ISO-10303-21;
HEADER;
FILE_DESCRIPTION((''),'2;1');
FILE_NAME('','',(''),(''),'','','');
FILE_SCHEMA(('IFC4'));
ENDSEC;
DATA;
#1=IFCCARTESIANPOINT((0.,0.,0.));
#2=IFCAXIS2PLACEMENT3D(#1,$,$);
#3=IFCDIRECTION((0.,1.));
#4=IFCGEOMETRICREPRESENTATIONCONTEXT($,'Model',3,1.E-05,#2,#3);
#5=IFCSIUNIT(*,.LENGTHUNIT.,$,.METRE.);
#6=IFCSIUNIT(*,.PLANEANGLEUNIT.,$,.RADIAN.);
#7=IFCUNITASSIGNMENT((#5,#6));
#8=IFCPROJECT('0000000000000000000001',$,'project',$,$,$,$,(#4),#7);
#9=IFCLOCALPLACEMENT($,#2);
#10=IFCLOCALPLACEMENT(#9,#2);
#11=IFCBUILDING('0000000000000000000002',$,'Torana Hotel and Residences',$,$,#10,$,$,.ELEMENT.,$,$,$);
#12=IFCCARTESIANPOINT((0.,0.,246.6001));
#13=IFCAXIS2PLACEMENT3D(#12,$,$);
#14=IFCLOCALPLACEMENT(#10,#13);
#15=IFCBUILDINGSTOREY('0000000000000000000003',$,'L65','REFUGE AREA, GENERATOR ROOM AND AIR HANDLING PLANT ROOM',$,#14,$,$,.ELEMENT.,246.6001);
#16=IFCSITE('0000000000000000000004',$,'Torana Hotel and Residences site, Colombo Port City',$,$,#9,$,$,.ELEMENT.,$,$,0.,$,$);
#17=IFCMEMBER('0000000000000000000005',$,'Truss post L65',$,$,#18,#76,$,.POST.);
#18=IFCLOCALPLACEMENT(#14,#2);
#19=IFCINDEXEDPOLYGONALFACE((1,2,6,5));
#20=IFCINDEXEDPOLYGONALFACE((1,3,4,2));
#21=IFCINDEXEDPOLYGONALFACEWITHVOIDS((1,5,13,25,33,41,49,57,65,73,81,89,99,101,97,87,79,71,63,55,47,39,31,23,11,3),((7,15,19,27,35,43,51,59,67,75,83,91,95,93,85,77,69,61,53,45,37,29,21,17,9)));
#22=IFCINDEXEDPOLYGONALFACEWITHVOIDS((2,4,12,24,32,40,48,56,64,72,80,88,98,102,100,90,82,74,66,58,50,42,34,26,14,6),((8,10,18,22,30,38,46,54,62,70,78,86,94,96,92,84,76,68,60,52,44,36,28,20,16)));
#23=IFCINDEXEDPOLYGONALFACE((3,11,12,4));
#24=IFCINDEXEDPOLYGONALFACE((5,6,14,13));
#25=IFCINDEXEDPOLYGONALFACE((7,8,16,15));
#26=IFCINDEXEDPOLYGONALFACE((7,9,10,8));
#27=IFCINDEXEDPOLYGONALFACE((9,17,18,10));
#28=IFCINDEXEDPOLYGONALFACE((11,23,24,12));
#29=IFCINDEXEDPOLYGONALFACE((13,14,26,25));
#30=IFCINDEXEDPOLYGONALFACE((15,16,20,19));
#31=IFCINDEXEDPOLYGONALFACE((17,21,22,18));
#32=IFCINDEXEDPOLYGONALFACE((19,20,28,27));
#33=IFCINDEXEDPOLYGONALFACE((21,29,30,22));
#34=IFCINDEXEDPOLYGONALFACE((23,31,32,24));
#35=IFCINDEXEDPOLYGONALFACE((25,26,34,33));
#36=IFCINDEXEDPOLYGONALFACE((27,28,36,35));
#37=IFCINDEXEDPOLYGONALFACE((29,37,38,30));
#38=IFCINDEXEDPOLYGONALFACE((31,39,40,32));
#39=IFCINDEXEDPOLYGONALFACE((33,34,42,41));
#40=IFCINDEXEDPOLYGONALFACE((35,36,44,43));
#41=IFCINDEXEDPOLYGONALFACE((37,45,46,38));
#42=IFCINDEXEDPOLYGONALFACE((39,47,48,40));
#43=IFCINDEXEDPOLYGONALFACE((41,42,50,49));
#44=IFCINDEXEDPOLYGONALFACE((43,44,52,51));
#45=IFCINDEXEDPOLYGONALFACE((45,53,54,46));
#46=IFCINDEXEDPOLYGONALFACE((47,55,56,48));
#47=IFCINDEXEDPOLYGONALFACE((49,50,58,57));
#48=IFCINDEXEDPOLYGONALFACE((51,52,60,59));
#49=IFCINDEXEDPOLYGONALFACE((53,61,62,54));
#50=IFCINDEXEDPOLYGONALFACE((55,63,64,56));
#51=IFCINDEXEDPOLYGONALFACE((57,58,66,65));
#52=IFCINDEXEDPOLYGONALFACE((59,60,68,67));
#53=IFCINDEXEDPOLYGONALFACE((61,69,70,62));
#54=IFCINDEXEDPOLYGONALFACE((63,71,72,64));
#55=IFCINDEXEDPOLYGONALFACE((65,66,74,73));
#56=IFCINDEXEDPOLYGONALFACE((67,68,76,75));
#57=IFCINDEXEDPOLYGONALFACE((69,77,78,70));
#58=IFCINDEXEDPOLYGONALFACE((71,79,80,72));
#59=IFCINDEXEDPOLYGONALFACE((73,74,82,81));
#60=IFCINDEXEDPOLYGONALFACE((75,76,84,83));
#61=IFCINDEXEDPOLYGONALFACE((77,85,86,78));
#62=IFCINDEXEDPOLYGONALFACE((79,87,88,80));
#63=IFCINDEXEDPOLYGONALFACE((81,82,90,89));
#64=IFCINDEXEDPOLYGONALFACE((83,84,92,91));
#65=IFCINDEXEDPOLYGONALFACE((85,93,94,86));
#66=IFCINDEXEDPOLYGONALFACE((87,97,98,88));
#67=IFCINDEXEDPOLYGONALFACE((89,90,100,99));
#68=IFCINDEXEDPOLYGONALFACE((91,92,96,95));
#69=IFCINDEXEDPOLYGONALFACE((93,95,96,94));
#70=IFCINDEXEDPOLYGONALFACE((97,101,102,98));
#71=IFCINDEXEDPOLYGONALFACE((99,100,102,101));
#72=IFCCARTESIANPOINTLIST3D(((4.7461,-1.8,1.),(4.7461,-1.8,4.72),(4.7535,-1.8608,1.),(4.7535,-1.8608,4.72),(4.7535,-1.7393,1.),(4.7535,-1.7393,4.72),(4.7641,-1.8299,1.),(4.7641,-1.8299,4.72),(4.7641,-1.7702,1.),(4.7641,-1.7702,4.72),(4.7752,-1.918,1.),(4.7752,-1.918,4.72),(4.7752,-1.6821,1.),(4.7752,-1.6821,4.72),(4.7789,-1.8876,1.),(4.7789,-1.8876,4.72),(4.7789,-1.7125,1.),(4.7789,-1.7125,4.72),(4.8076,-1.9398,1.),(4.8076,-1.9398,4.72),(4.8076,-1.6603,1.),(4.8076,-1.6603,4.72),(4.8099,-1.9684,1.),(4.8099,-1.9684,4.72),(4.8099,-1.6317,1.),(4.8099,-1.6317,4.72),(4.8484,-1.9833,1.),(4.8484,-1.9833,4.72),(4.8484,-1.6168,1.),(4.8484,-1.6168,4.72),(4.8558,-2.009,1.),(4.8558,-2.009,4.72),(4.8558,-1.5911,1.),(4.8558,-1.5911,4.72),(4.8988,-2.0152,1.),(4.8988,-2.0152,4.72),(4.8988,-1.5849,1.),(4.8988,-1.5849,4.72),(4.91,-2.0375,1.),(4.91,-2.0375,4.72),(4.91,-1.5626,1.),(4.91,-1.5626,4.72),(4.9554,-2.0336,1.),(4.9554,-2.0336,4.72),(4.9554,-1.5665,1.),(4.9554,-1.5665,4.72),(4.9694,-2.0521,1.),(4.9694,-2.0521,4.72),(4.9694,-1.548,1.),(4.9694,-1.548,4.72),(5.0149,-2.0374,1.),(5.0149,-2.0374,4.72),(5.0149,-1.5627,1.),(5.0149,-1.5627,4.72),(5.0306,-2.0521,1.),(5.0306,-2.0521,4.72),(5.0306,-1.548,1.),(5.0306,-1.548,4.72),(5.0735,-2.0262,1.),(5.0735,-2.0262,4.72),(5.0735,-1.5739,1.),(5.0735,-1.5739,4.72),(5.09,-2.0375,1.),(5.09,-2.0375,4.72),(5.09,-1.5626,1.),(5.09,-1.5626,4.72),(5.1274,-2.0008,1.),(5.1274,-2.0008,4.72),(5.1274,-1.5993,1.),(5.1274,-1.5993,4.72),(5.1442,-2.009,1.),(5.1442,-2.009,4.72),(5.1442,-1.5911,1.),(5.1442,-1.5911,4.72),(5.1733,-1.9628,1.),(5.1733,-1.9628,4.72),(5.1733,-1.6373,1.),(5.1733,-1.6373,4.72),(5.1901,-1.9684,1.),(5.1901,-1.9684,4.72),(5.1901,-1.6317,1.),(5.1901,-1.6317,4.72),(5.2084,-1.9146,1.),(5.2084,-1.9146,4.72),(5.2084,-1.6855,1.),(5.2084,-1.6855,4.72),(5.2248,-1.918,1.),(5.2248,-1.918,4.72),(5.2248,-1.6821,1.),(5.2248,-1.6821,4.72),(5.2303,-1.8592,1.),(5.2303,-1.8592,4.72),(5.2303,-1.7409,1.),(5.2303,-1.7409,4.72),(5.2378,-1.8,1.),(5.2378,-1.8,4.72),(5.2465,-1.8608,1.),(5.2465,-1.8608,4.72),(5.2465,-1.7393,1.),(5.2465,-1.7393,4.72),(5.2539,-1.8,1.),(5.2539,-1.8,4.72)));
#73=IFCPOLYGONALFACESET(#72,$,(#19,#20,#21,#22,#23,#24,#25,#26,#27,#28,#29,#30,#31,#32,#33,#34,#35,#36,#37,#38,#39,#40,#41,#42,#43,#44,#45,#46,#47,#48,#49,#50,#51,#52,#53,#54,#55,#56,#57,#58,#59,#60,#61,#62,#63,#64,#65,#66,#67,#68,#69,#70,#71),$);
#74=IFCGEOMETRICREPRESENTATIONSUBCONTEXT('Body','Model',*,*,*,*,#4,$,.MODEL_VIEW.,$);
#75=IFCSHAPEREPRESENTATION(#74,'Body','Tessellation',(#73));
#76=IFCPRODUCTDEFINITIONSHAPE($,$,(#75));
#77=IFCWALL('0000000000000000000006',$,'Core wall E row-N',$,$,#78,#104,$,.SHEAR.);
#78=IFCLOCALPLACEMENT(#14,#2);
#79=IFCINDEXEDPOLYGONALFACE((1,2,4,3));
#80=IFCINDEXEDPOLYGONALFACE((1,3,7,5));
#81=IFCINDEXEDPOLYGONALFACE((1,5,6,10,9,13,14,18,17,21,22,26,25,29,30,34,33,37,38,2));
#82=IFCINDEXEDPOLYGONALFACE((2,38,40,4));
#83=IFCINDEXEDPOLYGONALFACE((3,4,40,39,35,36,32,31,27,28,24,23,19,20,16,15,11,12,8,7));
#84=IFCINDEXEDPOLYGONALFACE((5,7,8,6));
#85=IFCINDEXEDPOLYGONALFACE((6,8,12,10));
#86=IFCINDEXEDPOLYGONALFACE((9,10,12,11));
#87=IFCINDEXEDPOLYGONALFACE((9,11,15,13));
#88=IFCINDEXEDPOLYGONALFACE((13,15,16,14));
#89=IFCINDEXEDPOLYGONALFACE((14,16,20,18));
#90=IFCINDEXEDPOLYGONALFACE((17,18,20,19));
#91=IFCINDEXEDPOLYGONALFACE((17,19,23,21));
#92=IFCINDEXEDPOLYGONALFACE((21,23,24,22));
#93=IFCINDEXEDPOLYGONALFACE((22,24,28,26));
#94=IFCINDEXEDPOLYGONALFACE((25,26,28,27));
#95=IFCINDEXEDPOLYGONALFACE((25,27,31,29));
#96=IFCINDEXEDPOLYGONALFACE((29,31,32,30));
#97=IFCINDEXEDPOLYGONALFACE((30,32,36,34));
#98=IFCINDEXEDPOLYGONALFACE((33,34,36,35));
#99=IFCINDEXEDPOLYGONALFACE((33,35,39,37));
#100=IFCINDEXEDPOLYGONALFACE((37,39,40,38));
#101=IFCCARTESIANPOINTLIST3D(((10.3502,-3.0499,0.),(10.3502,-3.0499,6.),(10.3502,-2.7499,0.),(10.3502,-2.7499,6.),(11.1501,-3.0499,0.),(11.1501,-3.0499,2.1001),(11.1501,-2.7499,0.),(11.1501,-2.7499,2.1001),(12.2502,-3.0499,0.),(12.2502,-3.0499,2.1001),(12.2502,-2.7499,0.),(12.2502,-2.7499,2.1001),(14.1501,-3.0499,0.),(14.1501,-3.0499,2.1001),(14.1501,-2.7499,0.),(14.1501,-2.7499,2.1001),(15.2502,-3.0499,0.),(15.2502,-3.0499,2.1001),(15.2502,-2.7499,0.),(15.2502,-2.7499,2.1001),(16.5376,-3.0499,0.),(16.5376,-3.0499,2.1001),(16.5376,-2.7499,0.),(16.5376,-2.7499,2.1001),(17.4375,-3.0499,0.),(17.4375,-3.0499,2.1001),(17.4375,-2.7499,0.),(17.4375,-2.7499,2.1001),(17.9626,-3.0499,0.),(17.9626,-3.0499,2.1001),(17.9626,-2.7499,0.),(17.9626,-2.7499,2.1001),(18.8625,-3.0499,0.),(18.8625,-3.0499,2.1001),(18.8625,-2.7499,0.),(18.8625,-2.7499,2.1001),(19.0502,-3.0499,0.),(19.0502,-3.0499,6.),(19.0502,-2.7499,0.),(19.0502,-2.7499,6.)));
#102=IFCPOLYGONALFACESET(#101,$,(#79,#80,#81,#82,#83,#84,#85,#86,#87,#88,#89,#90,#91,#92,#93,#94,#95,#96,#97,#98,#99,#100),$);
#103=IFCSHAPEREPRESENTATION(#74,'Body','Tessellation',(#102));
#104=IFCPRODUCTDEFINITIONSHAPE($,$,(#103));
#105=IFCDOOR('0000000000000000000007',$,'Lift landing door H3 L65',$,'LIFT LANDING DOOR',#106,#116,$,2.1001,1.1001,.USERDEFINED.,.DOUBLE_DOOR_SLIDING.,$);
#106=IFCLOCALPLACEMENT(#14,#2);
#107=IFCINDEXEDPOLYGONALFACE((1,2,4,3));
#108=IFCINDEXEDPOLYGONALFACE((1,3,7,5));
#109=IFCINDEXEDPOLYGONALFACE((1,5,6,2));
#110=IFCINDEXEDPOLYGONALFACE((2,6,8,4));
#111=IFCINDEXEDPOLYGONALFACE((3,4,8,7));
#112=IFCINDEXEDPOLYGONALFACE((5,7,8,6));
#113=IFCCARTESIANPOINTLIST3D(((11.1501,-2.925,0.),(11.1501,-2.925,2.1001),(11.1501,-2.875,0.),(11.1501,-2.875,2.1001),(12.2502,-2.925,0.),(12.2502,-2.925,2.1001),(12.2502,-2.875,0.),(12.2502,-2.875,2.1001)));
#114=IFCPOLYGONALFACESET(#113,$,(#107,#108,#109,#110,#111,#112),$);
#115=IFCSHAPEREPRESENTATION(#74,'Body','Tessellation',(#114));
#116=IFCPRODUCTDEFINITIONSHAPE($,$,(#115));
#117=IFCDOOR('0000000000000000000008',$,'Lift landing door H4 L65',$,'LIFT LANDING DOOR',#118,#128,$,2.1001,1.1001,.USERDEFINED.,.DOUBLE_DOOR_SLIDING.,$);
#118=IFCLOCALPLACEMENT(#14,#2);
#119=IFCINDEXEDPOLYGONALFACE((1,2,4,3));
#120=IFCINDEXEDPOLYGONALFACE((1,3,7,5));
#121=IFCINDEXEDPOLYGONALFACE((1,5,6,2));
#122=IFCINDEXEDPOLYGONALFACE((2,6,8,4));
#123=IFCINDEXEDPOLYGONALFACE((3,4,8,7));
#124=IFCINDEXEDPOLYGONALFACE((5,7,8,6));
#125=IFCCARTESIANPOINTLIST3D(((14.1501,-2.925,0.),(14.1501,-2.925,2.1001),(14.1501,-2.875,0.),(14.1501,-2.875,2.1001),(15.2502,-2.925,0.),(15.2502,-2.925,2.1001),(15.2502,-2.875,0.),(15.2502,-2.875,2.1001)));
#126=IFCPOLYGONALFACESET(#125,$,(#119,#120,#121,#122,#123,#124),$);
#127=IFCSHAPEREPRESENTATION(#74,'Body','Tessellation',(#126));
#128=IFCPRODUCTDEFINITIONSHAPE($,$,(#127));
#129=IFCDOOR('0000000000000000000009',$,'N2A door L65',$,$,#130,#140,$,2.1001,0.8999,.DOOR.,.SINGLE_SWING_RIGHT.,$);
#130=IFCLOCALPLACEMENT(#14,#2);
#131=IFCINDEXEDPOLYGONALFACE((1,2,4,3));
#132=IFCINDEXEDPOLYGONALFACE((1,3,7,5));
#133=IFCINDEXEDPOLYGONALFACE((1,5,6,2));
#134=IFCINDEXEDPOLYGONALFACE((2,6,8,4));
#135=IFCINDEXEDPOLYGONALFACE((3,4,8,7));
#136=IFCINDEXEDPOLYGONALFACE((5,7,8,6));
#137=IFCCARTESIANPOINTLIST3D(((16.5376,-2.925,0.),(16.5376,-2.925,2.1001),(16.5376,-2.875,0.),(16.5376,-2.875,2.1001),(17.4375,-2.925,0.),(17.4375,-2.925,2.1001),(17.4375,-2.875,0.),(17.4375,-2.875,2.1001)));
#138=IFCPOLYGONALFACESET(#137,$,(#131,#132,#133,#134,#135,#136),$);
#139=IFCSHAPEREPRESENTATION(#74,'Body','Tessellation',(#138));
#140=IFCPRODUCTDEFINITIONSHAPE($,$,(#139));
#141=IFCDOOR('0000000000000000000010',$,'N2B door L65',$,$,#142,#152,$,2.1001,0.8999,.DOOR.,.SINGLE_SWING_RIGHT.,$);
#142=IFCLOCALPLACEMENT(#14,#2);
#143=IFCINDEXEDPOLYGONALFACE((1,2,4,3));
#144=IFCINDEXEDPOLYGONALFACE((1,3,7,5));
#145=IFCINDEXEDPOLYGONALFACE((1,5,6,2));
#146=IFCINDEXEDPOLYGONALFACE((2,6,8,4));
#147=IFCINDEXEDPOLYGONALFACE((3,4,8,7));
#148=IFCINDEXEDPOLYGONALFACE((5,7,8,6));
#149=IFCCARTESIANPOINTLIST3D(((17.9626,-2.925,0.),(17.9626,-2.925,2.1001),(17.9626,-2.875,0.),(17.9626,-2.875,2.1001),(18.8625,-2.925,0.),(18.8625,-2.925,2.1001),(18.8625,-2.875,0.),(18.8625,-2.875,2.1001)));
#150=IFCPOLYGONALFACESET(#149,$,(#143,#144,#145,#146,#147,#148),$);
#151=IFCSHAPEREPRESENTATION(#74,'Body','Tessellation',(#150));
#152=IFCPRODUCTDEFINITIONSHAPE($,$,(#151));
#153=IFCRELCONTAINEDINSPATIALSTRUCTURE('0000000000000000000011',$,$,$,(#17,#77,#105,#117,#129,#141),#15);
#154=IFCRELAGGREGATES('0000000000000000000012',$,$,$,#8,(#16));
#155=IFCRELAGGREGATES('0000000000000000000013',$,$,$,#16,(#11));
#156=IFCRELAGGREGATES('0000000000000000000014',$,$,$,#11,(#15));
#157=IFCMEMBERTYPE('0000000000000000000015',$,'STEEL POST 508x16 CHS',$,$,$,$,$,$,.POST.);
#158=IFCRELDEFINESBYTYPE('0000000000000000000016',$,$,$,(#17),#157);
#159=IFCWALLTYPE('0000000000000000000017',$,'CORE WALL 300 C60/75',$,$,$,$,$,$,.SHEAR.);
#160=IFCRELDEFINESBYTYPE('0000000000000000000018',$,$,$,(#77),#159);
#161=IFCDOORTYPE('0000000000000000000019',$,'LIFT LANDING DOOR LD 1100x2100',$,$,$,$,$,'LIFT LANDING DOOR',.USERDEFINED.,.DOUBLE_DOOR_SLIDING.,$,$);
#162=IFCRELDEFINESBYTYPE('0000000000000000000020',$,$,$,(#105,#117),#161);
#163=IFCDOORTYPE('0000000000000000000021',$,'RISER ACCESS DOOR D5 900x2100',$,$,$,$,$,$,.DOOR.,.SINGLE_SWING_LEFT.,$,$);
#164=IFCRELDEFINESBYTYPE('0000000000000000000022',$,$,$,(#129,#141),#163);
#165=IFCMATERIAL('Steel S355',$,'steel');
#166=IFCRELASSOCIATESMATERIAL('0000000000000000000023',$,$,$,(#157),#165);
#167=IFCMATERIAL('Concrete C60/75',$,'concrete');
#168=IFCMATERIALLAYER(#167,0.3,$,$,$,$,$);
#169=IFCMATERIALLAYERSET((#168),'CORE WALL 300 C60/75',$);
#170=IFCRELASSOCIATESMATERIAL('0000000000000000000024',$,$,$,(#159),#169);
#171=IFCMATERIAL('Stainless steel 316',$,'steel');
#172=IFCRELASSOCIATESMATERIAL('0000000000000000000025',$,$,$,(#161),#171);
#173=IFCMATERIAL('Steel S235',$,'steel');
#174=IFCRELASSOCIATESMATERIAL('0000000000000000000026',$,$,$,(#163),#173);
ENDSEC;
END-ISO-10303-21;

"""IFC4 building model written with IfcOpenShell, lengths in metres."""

from ifc_helpers import new_model, si_unit, direction, frame, frame_2d, origin, origin_2d, place, context, subcontext, project, spatial, rectangle, hollow_circle, extrude, material, layer, layer_set, material_profile, profile_set, type_object, element, fill, save


model = new_model("IFC4")

# Units and contexts
model_context = context("Model", 3, precision=1e-05, world=origin(), true_north=direction((0.0, 1.0)))
body_context = subcontext(model_context, "Body", "Model", "MODEL_VIEW")
ifc_project = project(units=[si_unit("LENGTHUNIT", "METRE"), si_unit("PLANEANGLEUNIT", "RADIAN")], contexts=[model_context])

# Site, building, storey
site_placement = place(None, origin())
site = spatial("IfcSite", under=ifc_project, at=site_placement, Name="Torana Hotel and Residences site, Colombo Port City", CompositionType="ELEMENT", RefElevation=0.0)
building_placement = place(site_placement, origin())
building = spatial("IfcBuilding", under=site, at=building_placement, Name="Torana Hotel and Residences", CompositionType="ELEMENT")
storey_placement = place(building_placement, frame((0.0, 0.0, 246.6001)))
storey = spatial("IfcBuildingStorey", under=building, at=storey_placement, Name="L65", Description="REFUGE AREA, GENERATOR ROOM AND AIR HANDLING PLANT ROOM", CompositionType="ELEMENT", Elevation=246.6001)

# Member
ifc_material_1 = material(Name="Steel S355", Category="steel")
ifc_material_profile_1 = material_profile(ifc_material_1, hollow_circle(Radius=0.2539, WallThickness=0.0161, at=origin_2d()), Name="508x16 CHS")
ifc_profile_set_1 = profile_set([ifc_material_profile_1], Name="Steel S355")
member_type_1 = type_object("IfcMemberType", Name="STEEL POST 508x16 CHS", PredefinedType="POST", material=ifc_profile_set_1)
for number, where, z_axis, x_axis, name in (
    (1, (5.0, -1.8, 1.0), (0.0, 0.0, 1.0), (1.0, 0.0, 0.0), "Truss post L65"),
):
    element("IfcMember", number, at=place(storey_placement, frame(where, z_axis=z_axis, x_axis=x_axis)), inside=storey, type_object=member_type_1, Name=name, PredefinedType="POST", context=body_context, shape_type="SweptSolid", body=[
        extrude(hollow_circle(Radius=0.2539, WallThickness=0.0161, at=origin_2d()), origin(), (0.0, 0.0, 1.0), 3.72),
    ])

# Wall, openings, doors
ifc_material_2 = material(Name="Concrete C60/75", Category="concrete")
ifc_layer_1 = layer(ifc_material_2, 0.3)
ifc_layer_set_1 = layer_set([ifc_layer_1], Name="CORE WALL 300 C60/75")
wall_type_1 = type_object("IfcWallType", Name="CORE WALL 300 C60/75", PredefinedType="SHEAR", material=ifc_layer_set_1)
wall_1_placement = place(storey_placement, frame((10.3501, -2.8999, 0.0), z_axis=(0.0, 0.0, 1.0), x_axis=(1.0, 0.0, 0.0)))
wall_1 = element("IfcWall", 2, at=wall_1_placement, inside=storey, type_object=wall_type_1, Name="Core wall E row-N", PredefinedType="SHEAR", context=body_context, shape_type="SweptSolid", body=[
    extrude(rectangle(XDim=8.7, YDim=0.3, at=frame_2d((4.3501, 0.0))), origin(), (0.0, 0.0, 1.0), 6.0),
])
opening_1_placement = place(wall_1_placement, frame((0.8, 0.0, 0.0)))
opening_1 = element("IfcOpeningElement", 3, at=opening_1_placement, cuts=wall_1, PredefinedType="OPENING", context=body_context, shape_type="SweptSolid", body=[
    extrude(rectangle(XDim=1.1001, YDim=2.1001, at=frame_2d((0.55, 1.05))), frame((0.0, 0.1599, 0.0), z_axis=(0.0, -1.0, 0.0), x_axis=(1.0, 0.0, 0.0)), (0.0, 0.0, 1.0), 0.3201),
])
opening_2_placement = place(wall_1_placement, frame((3.8, 0.0, 0.0)))
opening_2 = element("IfcOpeningElement", 4, at=opening_2_placement, cuts=wall_1, PredefinedType="OPENING", context=body_context, shape_type="SweptSolid", body=[
    extrude(rectangle(XDim=1.1001, YDim=2.1001, at=frame_2d((0.55, 1.05))), frame((0.0, 0.1599, 0.0), z_axis=(0.0, -1.0, 0.0), x_axis=(1.0, 0.0, 0.0)), (0.0, 0.0, 1.0), 0.3201),
])
opening_3_placement = place(wall_1_placement, frame((6.1875, 0.0, 0.0)))
opening_3 = element("IfcOpeningElement", 5, at=opening_3_placement, cuts=wall_1, PredefinedType="OPENING", context=body_context, shape_type="SweptSolid", body=[
    extrude(rectangle(XDim=0.8999, YDim=2.1001, at=frame_2d((0.45, 1.05))), frame((0.0, 0.1599, 0.0), z_axis=(0.0, -1.0, 0.0), x_axis=(1.0, 0.0, 0.0)), (0.0, 0.0, 1.0), 0.3201),
])
opening_4_placement = place(wall_1_placement, frame((7.6125, 0.0, 0.0)))
opening_4 = element("IfcOpeningElement", 6, at=opening_4_placement, cuts=wall_1, PredefinedType="OPENING", context=body_context, shape_type="SweptSolid", body=[
    extrude(rectangle(XDim=0.8999, YDim=2.1001, at=frame_2d((0.45, 1.05))), frame((0.0, 0.1599, 0.0), z_axis=(0.0, -1.0, 0.0), x_axis=(1.0, 0.0, 0.0)), (0.0, 0.0, 1.0), 0.3201),
])
ifc_material_3 = material(Name="Stainless steel 316", Category="steel")
door_type_1 = type_object("IfcDoorType", Name="LIFT LANDING DOOR LD 1100x2100", ElementType="LIFT LANDING DOOR", OperationType="DOUBLE_DOOR_SLIDING", PredefinedType="USERDEFINED", material=ifc_material_3)
door_1_placement = place(opening_1_placement, origin())
door_1 = element("IfcDoor", 7, at=door_1_placement, inside=storey, type_object=door_type_1, Name="Lift landing door H3 L65", ObjectType="LIFT LANDING DOOR", OperationType="DOUBLE_DOOR_SLIDING", OverallHeight=2.1001, OverallWidth=1.1001, PredefinedType="USERDEFINED", context=body_context, shape_type="SweptSolid", body=[
    extrude(rectangle(XDim=1.1001, YDim=2.1001, at=frame_2d((0.55, 1.05))), frame((0.0, 0.0249, 0.0), z_axis=(0.0, -1.0, 0.0), x_axis=(1.0, 0.0, 0.0)), (0.0, 0.0, 1.0), 0.05),
])
fill(opening_1, door_1)
door_2_placement = place(opening_2_placement, origin())
door_2 = element("IfcDoor", 8, at=door_2_placement, inside=storey, type_object=door_type_1, Name="Lift landing door H4 L65", ObjectType="LIFT LANDING DOOR", OperationType="DOUBLE_DOOR_SLIDING", OverallHeight=2.1001, OverallWidth=1.1001, PredefinedType="USERDEFINED", context=body_context, shape_type="SweptSolid", body=[
    extrude(rectangle(XDim=1.1001, YDim=2.1001, at=frame_2d((0.55, 1.05))), frame((0.0, 0.0249, 0.0), z_axis=(0.0, -1.0, 0.0), x_axis=(1.0, 0.0, 0.0)), (0.0, 0.0, 1.0), 0.05),
])
fill(opening_2, door_2)
ifc_material_4 = material(Name="Steel S235", Category="steel")
door_type_2 = type_object("IfcDoorType", Name="RISER ACCESS DOOR D5 900x2100", OperationType="SINGLE_SWING_LEFT", PredefinedType="DOOR", material=ifc_material_4)
door_3_placement = place(opening_3_placement, origin())
door_3 = element("IfcDoor", 9, at=door_3_placement, inside=storey, type_object=door_type_2, Name="N2A door L65", OperationType="SINGLE_SWING_RIGHT", OverallHeight=2.1001, OverallWidth=0.8999, PredefinedType="DOOR", context=body_context, shape_type="SweptSolid", body=[
    extrude(rectangle(XDim=0.8999, YDim=2.1001, at=frame_2d((0.45, 1.05))), frame((0.0, 0.0249, 0.0), z_axis=(0.0, -1.0, 0.0), x_axis=(1.0, 0.0, 0.0)), (0.0, 0.0, 1.0), 0.05),
])
fill(opening_3, door_3)
door_4_placement = place(opening_4_placement, origin())
door_4 = element("IfcDoor", 10, at=door_4_placement, inside=storey, type_object=door_type_2, Name="N2B door L65", OperationType="SINGLE_SWING_RIGHT", OverallHeight=2.1001, OverallWidth=0.8999, PredefinedType="DOOR", context=body_context, shape_type="SweptSolid", body=[
    extrude(rectangle(XDim=0.8999, YDim=2.1001, at=frame_2d((0.45, 1.05))), frame((0.0, 0.0249, 0.0), z_axis=(0.0, -1.0, 0.0), x_axis=(1.0, 0.0, 0.0)), (0.0, 0.0, 1.0), 0.05),
])
fill(opening_4, door_4)

save(model, "model.ifc")
